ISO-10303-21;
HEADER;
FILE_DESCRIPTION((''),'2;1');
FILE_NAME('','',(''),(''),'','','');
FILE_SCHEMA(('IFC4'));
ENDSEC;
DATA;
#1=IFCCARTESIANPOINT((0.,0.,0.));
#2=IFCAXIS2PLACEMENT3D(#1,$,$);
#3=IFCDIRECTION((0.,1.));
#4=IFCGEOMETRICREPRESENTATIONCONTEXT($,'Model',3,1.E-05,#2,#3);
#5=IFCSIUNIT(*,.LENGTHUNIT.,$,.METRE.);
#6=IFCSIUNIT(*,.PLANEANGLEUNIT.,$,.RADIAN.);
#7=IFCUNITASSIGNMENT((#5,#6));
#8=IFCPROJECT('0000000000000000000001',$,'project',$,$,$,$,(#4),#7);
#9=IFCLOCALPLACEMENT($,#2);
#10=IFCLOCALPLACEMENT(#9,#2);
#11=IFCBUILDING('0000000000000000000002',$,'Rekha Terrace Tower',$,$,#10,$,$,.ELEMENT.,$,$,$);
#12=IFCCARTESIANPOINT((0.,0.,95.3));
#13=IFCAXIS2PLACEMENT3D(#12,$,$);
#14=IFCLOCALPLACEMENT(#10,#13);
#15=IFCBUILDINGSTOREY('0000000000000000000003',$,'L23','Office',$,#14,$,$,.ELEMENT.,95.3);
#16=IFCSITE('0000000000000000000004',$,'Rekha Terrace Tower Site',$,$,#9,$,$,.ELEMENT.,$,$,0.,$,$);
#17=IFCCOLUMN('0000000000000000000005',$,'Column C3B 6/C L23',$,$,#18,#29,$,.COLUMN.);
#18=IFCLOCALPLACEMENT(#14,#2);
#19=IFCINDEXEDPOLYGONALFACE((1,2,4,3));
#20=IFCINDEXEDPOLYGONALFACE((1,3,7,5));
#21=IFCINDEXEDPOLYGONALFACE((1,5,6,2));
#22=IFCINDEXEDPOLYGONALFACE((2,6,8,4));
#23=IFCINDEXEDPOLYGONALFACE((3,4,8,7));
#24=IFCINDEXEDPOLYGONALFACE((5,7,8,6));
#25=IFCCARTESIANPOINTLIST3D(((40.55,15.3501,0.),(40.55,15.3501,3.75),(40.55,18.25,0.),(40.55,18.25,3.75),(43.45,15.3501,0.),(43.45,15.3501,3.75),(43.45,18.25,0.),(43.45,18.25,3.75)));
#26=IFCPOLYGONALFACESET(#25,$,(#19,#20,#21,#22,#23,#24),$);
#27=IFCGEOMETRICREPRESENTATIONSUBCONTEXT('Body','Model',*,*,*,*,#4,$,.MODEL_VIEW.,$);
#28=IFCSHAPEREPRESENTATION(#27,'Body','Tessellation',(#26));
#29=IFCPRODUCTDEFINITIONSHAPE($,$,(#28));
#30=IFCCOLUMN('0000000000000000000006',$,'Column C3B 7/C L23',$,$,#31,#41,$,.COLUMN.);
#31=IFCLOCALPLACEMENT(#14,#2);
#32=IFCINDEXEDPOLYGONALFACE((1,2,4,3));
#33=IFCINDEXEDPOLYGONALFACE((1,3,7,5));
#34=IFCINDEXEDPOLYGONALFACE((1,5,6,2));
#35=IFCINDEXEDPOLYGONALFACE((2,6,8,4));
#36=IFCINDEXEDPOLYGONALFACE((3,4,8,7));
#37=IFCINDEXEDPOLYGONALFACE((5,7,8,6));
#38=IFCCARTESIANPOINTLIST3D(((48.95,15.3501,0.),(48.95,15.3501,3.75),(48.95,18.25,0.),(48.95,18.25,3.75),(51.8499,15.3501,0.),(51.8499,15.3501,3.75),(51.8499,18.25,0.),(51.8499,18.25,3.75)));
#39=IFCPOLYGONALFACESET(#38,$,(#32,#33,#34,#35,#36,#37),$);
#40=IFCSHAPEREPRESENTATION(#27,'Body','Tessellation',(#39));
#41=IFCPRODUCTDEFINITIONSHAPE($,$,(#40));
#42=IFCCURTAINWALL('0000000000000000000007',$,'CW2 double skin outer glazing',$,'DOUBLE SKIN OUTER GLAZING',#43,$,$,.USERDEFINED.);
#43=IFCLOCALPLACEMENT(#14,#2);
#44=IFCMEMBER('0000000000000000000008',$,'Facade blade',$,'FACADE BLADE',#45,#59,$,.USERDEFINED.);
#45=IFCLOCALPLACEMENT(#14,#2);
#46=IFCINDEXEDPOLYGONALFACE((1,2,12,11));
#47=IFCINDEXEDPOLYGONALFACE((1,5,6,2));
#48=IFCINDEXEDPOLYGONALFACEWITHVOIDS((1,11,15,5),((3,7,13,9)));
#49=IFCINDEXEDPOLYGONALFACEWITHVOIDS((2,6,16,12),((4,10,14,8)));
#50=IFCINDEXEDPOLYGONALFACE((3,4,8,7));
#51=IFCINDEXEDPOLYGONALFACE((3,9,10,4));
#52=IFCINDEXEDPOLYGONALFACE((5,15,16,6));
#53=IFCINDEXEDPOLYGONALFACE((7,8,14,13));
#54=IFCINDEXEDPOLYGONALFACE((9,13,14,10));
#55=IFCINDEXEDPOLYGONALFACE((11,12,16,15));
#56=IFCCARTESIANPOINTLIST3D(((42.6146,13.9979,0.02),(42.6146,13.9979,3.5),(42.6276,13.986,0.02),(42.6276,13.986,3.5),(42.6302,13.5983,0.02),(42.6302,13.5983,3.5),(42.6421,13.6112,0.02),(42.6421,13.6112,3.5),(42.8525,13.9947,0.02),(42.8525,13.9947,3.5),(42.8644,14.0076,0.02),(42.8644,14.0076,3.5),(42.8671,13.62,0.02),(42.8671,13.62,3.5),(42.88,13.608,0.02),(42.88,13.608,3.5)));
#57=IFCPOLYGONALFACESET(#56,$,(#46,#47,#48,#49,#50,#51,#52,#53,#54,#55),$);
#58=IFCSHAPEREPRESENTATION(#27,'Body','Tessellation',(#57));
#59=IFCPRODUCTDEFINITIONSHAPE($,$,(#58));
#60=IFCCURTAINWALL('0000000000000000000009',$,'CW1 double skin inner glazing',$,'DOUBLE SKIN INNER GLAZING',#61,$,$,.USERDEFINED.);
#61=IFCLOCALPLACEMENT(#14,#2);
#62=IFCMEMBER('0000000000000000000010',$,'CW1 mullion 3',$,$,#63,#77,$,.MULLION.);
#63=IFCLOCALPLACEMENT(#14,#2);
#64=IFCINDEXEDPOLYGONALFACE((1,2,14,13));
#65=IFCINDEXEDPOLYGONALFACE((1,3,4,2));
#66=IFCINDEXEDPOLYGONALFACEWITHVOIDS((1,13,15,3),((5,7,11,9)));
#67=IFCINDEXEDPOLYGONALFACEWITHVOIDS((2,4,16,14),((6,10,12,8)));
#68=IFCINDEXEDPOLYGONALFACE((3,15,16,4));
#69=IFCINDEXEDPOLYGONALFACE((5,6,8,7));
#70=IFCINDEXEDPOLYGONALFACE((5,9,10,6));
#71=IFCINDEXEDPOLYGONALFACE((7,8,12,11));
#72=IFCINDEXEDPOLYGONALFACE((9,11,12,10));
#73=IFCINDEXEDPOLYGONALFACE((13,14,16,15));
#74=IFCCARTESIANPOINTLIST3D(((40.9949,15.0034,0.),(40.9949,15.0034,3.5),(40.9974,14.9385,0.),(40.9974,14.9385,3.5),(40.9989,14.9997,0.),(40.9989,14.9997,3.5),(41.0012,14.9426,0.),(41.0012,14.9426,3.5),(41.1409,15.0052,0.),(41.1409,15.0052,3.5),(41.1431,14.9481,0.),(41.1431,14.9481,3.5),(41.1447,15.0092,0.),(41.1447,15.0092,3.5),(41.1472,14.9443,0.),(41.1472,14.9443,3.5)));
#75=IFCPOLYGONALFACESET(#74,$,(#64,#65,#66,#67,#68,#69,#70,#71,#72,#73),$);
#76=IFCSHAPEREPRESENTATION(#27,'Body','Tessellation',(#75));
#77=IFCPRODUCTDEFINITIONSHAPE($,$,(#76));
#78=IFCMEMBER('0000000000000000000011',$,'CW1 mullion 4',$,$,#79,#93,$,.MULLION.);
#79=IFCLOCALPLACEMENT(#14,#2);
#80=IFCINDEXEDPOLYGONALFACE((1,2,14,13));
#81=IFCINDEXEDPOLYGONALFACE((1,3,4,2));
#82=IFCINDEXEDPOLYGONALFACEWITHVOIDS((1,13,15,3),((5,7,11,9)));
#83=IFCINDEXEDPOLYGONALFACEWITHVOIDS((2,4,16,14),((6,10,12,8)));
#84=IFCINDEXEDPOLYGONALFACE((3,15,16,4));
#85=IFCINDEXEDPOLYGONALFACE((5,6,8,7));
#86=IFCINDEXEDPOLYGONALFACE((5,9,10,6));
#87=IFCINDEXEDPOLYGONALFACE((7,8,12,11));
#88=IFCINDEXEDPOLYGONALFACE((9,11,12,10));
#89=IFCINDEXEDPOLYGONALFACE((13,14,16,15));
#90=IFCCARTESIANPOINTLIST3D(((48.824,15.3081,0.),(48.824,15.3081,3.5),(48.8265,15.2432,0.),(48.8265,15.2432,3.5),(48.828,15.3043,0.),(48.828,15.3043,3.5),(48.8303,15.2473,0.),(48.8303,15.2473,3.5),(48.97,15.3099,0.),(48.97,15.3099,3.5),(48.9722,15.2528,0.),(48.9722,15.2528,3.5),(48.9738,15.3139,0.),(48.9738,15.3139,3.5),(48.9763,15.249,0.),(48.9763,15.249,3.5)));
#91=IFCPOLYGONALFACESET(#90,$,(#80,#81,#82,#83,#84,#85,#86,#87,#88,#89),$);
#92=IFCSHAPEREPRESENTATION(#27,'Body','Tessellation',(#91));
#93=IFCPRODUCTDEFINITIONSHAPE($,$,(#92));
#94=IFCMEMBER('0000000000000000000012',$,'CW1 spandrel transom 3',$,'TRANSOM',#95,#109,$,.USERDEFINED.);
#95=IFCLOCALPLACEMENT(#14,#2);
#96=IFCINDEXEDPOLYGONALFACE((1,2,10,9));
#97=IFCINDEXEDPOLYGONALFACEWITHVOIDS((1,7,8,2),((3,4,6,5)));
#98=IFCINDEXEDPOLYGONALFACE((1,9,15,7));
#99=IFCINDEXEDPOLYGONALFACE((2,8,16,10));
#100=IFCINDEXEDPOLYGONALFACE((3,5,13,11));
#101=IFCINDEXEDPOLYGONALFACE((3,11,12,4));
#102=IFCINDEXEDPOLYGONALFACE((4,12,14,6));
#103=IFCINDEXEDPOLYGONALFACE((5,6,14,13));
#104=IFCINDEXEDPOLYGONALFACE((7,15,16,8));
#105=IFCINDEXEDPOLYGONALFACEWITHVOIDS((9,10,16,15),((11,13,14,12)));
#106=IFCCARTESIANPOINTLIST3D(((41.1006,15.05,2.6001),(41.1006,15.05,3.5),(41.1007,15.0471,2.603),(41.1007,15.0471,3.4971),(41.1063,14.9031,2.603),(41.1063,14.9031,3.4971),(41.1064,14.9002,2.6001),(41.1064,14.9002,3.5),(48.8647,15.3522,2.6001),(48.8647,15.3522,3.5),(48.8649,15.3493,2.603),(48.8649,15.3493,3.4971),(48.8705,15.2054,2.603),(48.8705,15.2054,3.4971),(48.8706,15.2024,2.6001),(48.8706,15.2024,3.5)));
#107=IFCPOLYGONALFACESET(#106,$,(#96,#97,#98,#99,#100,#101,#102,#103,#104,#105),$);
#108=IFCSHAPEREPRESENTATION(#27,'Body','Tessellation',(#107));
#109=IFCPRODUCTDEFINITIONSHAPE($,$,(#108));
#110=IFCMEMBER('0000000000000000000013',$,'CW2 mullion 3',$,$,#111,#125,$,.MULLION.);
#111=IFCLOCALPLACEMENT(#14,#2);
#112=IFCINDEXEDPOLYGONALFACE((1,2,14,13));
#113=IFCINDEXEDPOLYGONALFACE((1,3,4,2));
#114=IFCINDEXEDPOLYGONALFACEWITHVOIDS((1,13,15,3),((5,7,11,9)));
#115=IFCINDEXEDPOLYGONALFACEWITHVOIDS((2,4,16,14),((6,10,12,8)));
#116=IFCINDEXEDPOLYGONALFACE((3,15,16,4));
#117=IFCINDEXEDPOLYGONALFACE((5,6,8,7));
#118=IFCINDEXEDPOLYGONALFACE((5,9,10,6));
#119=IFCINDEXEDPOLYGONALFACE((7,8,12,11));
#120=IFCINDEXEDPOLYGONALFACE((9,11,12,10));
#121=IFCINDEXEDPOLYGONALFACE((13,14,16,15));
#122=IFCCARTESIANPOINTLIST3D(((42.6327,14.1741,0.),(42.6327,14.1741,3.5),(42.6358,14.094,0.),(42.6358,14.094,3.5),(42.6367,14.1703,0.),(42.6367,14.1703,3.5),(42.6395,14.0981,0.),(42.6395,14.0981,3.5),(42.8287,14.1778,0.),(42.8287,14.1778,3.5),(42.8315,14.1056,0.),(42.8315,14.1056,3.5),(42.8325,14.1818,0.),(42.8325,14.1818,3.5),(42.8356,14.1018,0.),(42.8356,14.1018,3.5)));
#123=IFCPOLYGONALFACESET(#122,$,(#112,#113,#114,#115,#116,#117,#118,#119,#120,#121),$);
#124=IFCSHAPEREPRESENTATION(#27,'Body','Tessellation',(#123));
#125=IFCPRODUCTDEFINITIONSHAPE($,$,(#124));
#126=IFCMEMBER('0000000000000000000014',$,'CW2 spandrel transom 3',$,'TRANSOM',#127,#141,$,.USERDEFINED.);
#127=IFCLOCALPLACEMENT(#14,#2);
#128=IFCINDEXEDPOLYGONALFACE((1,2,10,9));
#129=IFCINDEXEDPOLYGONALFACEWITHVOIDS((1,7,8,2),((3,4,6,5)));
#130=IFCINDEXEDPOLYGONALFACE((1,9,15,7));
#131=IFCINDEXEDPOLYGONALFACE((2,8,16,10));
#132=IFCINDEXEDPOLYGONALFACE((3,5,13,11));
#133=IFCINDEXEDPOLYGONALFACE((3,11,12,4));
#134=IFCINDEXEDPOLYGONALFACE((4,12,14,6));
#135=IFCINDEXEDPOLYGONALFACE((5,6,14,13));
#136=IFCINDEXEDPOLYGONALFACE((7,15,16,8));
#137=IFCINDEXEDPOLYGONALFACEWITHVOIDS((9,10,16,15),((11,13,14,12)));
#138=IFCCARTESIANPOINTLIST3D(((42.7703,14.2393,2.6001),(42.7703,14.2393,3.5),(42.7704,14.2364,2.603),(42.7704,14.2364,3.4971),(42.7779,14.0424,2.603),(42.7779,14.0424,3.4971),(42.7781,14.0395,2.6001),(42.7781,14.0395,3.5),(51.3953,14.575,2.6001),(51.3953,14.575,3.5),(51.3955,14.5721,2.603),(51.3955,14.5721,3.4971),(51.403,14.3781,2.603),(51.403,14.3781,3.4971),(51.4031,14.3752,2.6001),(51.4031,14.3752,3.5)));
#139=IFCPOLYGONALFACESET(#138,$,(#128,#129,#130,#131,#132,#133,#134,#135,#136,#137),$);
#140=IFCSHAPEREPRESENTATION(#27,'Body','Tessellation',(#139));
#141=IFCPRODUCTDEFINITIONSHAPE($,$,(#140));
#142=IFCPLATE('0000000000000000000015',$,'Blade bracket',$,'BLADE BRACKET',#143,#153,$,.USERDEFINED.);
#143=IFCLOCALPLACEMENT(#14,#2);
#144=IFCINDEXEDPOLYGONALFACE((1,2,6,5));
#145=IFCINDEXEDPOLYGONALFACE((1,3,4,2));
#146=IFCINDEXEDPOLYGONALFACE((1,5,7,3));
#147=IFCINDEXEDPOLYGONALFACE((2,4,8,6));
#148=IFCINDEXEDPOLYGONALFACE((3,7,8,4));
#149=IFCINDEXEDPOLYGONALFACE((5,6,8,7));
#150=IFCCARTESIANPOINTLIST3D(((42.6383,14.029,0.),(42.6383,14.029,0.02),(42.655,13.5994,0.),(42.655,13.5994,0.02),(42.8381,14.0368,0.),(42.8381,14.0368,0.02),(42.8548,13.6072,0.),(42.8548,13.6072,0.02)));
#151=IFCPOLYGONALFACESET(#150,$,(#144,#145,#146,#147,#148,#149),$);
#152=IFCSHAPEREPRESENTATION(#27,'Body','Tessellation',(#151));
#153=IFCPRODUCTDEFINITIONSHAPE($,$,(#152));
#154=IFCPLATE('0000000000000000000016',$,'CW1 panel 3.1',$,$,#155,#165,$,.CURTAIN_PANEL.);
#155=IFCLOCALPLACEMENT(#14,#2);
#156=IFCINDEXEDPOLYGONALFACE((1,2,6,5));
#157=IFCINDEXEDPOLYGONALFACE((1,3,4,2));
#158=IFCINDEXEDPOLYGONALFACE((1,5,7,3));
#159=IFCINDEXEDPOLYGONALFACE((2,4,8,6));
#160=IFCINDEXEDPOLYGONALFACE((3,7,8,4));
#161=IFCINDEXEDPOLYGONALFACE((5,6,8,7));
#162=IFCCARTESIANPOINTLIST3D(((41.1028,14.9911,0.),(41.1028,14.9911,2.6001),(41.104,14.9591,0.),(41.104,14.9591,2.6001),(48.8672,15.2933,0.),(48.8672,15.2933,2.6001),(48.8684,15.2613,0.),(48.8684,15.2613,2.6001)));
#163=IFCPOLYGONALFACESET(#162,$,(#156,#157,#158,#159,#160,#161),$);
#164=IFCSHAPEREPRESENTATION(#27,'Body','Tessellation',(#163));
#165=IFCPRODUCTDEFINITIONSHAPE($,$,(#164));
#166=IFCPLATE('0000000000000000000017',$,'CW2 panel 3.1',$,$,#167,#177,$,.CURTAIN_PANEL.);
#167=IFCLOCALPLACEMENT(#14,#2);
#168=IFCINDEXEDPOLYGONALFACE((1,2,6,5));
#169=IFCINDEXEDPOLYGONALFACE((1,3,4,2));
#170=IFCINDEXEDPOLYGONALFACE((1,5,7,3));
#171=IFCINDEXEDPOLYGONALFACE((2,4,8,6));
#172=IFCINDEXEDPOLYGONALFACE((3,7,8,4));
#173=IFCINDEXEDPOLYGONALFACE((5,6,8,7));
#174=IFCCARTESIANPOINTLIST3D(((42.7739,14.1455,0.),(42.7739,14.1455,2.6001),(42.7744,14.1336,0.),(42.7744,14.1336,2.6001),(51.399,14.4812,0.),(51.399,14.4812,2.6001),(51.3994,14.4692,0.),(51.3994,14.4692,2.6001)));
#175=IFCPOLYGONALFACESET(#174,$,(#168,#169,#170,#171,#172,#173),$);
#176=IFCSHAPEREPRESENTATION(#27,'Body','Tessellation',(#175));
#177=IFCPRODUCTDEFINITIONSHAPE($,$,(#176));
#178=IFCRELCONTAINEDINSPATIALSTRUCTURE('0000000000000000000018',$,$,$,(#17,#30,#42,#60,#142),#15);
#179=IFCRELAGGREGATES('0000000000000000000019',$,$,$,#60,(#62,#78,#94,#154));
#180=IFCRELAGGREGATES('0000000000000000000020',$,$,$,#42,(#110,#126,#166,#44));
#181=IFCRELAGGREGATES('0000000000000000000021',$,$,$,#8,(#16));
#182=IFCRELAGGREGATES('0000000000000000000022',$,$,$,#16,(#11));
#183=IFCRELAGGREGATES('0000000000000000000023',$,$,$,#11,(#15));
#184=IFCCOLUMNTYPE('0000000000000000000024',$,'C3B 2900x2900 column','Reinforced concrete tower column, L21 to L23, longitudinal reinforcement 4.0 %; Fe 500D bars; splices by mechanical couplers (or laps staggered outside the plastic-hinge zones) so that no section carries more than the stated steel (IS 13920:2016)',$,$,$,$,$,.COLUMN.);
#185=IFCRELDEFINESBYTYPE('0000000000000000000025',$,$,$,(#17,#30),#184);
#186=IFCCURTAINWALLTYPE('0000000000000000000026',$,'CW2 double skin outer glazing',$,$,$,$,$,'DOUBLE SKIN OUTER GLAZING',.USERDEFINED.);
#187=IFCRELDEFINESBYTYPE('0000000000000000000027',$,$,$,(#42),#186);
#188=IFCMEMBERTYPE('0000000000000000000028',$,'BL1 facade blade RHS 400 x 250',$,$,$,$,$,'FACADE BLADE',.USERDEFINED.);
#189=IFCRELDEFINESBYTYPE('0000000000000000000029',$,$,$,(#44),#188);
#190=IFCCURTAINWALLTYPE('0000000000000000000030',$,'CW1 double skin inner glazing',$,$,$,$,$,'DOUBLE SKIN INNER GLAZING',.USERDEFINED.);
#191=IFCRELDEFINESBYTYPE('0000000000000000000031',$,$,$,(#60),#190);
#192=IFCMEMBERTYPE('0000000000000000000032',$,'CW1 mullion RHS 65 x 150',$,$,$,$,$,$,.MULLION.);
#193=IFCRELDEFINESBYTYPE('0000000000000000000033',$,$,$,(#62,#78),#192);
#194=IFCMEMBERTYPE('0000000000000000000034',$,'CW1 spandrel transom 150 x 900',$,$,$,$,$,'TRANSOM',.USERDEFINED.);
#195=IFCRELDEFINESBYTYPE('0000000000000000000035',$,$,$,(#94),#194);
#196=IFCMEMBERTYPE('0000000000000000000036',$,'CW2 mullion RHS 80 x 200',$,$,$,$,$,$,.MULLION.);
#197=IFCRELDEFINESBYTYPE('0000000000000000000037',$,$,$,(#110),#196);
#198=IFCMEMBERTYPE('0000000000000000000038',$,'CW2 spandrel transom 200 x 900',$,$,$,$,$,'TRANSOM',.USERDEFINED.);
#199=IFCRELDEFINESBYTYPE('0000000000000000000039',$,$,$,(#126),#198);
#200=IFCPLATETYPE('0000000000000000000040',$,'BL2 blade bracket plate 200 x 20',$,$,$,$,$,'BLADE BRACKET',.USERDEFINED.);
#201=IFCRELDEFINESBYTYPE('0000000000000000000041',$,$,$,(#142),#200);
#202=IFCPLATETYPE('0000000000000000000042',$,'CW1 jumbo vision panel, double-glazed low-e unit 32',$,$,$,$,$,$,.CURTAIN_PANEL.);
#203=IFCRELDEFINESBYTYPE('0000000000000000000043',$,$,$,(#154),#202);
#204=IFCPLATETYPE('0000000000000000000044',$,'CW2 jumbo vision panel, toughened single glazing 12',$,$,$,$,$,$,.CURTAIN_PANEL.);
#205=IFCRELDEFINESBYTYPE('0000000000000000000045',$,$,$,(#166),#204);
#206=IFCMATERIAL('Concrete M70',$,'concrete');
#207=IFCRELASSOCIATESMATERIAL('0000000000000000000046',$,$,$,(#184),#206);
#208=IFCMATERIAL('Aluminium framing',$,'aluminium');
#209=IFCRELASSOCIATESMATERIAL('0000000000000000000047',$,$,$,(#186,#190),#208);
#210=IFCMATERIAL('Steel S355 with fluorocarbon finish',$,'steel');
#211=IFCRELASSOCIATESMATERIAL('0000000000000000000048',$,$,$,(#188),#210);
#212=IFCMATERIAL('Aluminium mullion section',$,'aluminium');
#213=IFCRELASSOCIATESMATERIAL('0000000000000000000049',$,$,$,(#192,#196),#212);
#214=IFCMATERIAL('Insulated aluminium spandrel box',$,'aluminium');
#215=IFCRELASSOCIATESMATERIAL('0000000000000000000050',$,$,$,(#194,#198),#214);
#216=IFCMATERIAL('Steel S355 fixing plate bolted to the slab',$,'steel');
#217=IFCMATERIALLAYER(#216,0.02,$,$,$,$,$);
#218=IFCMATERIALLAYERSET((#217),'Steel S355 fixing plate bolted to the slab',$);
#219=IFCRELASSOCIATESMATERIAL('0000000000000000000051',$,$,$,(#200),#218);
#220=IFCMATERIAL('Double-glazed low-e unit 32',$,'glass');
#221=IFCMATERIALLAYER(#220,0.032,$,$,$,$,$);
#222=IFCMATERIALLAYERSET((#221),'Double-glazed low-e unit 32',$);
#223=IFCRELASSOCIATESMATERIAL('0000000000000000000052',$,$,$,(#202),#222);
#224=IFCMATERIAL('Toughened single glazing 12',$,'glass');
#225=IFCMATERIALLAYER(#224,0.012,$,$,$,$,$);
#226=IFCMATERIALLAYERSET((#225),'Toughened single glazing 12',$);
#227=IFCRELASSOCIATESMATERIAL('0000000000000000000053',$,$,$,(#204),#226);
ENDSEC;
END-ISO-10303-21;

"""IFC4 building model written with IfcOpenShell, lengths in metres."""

from ifc_helpers import new_model, si_unit, direction, frame, origin, origin_2d, place, context, subcontext, project, spatial, rectangle, hollow_rectangle, extrude, material, layer, layer_set, material_profile, profile_set, type_object, element, aggregate, save


model = new_model("IFC4")

# Units and contexts
model_context = context("Model", 3, precision=1e-05, world=origin(), true_north=direction((0.0, 1.0)))
body_context = subcontext(model_context, "Body", "Model", "MODEL_VIEW")
ifc_project = project(units=[si_unit("LENGTHUNIT", "METRE"), si_unit("PLANEANGLEUNIT", "RADIAN")], contexts=[model_context])

# Site, building, storey
site_placement = place(None, origin())
site = spatial("IfcSite", under=ifc_project, at=site_placement, Name="Rekha Terrace Tower Site", CompositionType="ELEMENT", RefElevation=0.0)
building_placement = place(site_placement, origin())
building = spatial("IfcBuilding", under=site, at=building_placement, Name="Rekha Terrace Tower", CompositionType="ELEMENT")
storey_placement = place(building_placement, frame((0.0, 0.0, 95.3)))
storey = spatial("IfcBuildingStorey", under=building, at=storey_placement, Name="L23", Description="Office", CompositionType="ELEMENT", Elevation=95.3)

# Columns
ifc_material_1 = material(Name="Concrete M70", Category="concrete")
ifc_material_profile_1 = material_profile(ifc_material_1, rectangle(XDim=2.8999, YDim=2.8999, at=origin_2d()), Name="RC 2900x2900")
ifc_profile_set_1 = profile_set([ifc_material_profile_1], Name="Concrete M70")
column_type = type_object("IfcColumnType", Name="C3B 2900x2900 column", Description="Reinforced concrete tower column, L21 to L23, longitudinal reinforcement 4.0 %; Fe 500D bars; splices by mechanical couplers (or laps staggered outside the plastic-hinge zones) so that no section carries more than the stated steel (IS 13920:2016)", PredefinedType="COLUMN", material=ifc_profile_set_1)
for number, where, z_axis, x_axis, name in (
    (1, (42.0, 16.8, 0.0), (0.0, 0.0, 1.0), (1.0, 0.0, 0.0), "Column C3B 6/C L23"),
    (2, (50.3999, 16.8, 0.0), (0.0, 0.0, 1.0), (1.0, 0.0, 0.0), "Column C3B 7/C L23"),
):
    element("IfcColumn", number, at=place(storey_placement, frame(where, z_axis=z_axis, x_axis=x_axis)), inside=storey, type_object=column_type, Name=name, PredefinedType="COLUMN", context=body_context, shape_type="SweptSolid", body=[
        extrude(rectangle(XDim=2.8999, YDim=2.8999, at=origin_2d()), origin(), (0.0, 0.0, 1.0), 3.75),
    ])

# Curtain wall, member
ifc_material_2 = material(Name="Aluminium framing", Category="aluminium")
curtain_wall_type_1 = type_object("IfcCurtainWallType", Name="CW2 double skin outer glazing", ElementType="DOUBLE SKIN OUTER GLAZING", PredefinedType="USERDEFINED", material=ifc_material_2)
curtain_wall_1_placement = place(storey_placement, origin())
curtain_wall_1 = element("IfcCurtainWall", 3, at=curtain_wall_1_placement, inside=storey, type_object=curtain_wall_type_1, Name="CW2 double skin outer glazing", ObjectType="DOUBLE SKIN OUTER GLAZING", PredefinedType="USERDEFINED")
ifc_material_3 = material(Name="Steel S355 with fluorocarbon finish", Category="steel")
ifc_material_profile_2 = material_profile(ifc_material_3, hollow_rectangle(XDim=0.25, YDim=0.3999, WallThickness=0.0125, at=origin_2d()), Name="RHS400x250x12.5")
ifc_profile_set_2 = profile_set([ifc_material_profile_2], Name="Steel S355 with fluorocarbon finish")
member_type_1 = type_object("IfcMemberType", Name="BL1 facade blade RHS 400 x 250", ElementType="FACADE BLADE", PredefinedType="USERDEFINED", material=ifc_profile_set_2)
member_1_placement = place(storey_placement, frame((42.7473, 13.803, 0.02), z_axis=(0.0, 0.0, 1.0), x_axis=(0.999243, 0.03889, 0.0)))
member_1 = element("IfcMember", 4, at=member_1_placement, type_object=member_type_1, Name="Facade blade", ObjectType="FACADE BLADE", PredefinedType="USERDEFINED", context=body_context, shape_type="SweptSolid", body=[
    extrude(hollow_rectangle(XDim=0.25, YDim=0.3999, WallThickness=0.0125, at=origin_2d()), origin(), (0.0, 0.0, 1.0), 3.48),
])

# Curtain wall, members
curtain_wall_type_2 = type_object("IfcCurtainWallType", Name="CW1 double skin inner glazing", ElementType="DOUBLE SKIN INNER GLAZING", PredefinedType="USERDEFINED", material=ifc_material_2)
curtain_wall_2_placement = place(storey_placement, origin())
curtain_wall_2 = element("IfcCurtainWall", 5, at=curtain_wall_2_placement, inside=storey, type_object=curtain_wall_type_2, Name="CW1 double skin inner glazing", ObjectType="DOUBLE SKIN INNER GLAZING", PredefinedType="USERDEFINED")
ifc_material_4 = material(Name="Aluminium mullion section", Category="aluminium")
ifc_material_profile_3 = material_profile(ifc_material_4, hollow_rectangle(XDim=0.0649, YDim=0.1499, WallThickness=0.0039, at=origin_2d()), Name="AL RHS 65x150")
ifc_profile_set_3 = profile_set([ifc_material_profile_3], Name="Aluminium mullion section")
member_type_2 = type_object("IfcMemberType", Name="CW1 mullion RHS 65 x 150", PredefinedType="MULLION", material=ifc_profile_set_3)
member_2_placement = place(storey_placement, frame((41.071, 14.9739, 0.0), z_axis=(0.0, 0.0, 1.0), x_axis=(-0.03889, 0.999243, 0.0)))
member_2 = element("IfcMember", 6, at=member_2_placement, type_object=member_type_2, Name="CW1 mullion 3", PredefinedType="MULLION", context=body_context, shape_type="SweptSolid", body=[
    extrude(hollow_rectangle(XDim=0.0649, YDim=0.1499, WallThickness=0.0039, at=origin_2d()), origin(), (0.0, 0.0, 1.0), 3.5),
])
member_3_placement = place(storey_placement, frame((48.9001, 15.2786, 0.0), z_axis=(0.0, 0.0, 1.0), x_axis=(-0.03889, 0.999243, 0.0)))
member_3 = element("IfcMember", 7, at=member_3_placement, type_object=member_type_2, Name="CW1 mullion 4", PredefinedType="MULLION", context=body_context, shape_type="SweptSolid", body=[
    extrude(hollow_rectangle(XDim=0.0649, YDim=0.1499, WallThickness=0.0039, at=origin_2d()), origin(), (0.0, 0.0, 1.0), 3.5),
])
ifc_material_5 = material(Name="Insulated aluminium spandrel box", Category="aluminium")
ifc_material_profile_4 = material_profile(ifc_material_5, hollow_rectangle(XDim=0.1499, YDim=0.8999, WallThickness=0.0029, at=origin_2d()), Name="AL SPANDREL BOX 150x900")
ifc_profile_set_4 = profile_set([ifc_material_profile_4], Name="Insulated aluminium spandrel box")
member_type_3 = type_object("IfcMemberType", Name="CW1 spandrel transom 150 x 900", ElementType="TRANSOM", PredefinedType="USERDEFINED", material=ifc_profile_set_4)
member_4_placement = place(storey_placement, frame((41.1035, 14.9751, 3.05), z_axis=(0.999243, 0.038899, 0.0), x_axis=(-0.038899, 0.999243, 0.0)))
member_4 = element("IfcMember", 8, at=member_4_placement, type_object=member_type_3, Name="CW1 spandrel transom 3", ObjectType="TRANSOM", PredefinedType="USERDEFINED", context=body_context, shape_type="SweptSolid", body=[
    extrude(hollow_rectangle(XDim=0.1499, YDim=0.8999, WallThickness=0.0029, at=origin_2d()), origin(), (0.0, 0.0, 1.0), 7.77),
])

# Members
ifc_material_profile_5 = material_profile(ifc_material_4, hollow_rectangle(XDim=0.0801, YDim=0.2, WallThickness=0.0039, at=origin_2d()), Name="AL RHS 80x200")
ifc_profile_set_5 = profile_set([ifc_material_profile_5], Name="Aluminium mullion section")
member_type_4 = type_object("IfcMemberType", Name="CW2 mullion RHS 80 x 200", PredefinedType="MULLION", material=ifc_profile_set_5)
member_5_placement = place(storey_placement, frame((42.7341, 14.1379, 0.0), z_axis=(0.0, 0.0, 1.0), x_axis=(-0.03889, 0.999243, 0.0)))
member_5 = element("IfcMember", 9, at=member_5_placement, type_object=member_type_4, Name="CW2 mullion 3", PredefinedType="MULLION", context=body_context, shape_type="SweptSolid", body=[
    extrude(hollow_rectangle(XDim=0.0801, YDim=0.2, WallThickness=0.0039, at=origin_2d()), origin(), (0.0, 0.0, 1.0), 3.5),
])
ifc_material_profile_6 = material_profile(ifc_material_5, hollow_rectangle(XDim=0.2, YDim=0.8999, WallThickness=0.0029, at=origin_2d()), Name="AL SPANDREL BOX 200x900")
ifc_profile_set_6 = profile_set([ifc_material_profile_6], Name="Insulated aluminium spandrel box")
member_type_5 = type_object("IfcMemberType", Name="CW2 spandrel transom 200 x 900", ElementType="TRANSOM", PredefinedType="USERDEFINED", material=ifc_profile_set_6)
member_6_placement = place(storey_placement, frame((42.7742, 14.1394, 3.05), z_axis=(0.999243, 0.038892, 0.0), x_axis=(-0.038892, 0.999243, 0.0)))
member_6 = element("IfcMember", 10, at=member_6_placement, type_object=member_type_5, Name="CW2 spandrel transom 3", ObjectType="TRANSOM", PredefinedType="USERDEFINED", context=body_context, shape_type="SweptSolid", body=[
    extrude(hollow_rectangle(XDim=0.2, YDim=0.8999, WallThickness=0.0029, at=origin_2d()), origin(), (0.0, 0.0, 1.0), 8.6316),
])

# Plates
ifc_material_6 = material(Name="Steel S355 fixing plate bolted to the slab", Category="steel")
ifc_layer_1 = layer(ifc_material_6, 0.02)
ifc_layer_set_1 = layer_set([ifc_layer_1], Name="Steel S355 fixing plate bolted to the slab")
plate_type_1 = type_object("IfcPlateType", Name="BL2 blade bracket plate 200 x 20", ElementType="BLADE BRACKET", PredefinedType="USERDEFINED", material=ifc_layer_set_1)
plate_1_placement = place(storey_placement, frame((42.7466, 13.8181, 0.0), z_axis=(0.0, 0.0, 1.0), x_axis=(0.03889, -0.999243, 0.0)))
element("IfcPlate", 11, at=plate_1_placement, inside=storey, type_object=plate_type_1, Name="Blade bracket", ObjectType="BLADE BRACKET", PredefinedType="USERDEFINED", context=body_context, shape_type="SweptSolid", body=[
    extrude(rectangle(XDim=0.4299, YDim=0.2, at=origin_2d()), origin(), (0.0, 0.0, 1.0), 0.02),
])
ifc_material_7 = material(Name="Double-glazed low-e unit 32", Category="glass")
ifc_layer_2 = layer(ifc_material_7, 0.032)
ifc_layer_set_2 = layer_set([ifc_layer_2], Name="Double-glazed low-e unit 32")
plate_type_2 = type_object("IfcPlateType", Name="CW1 jumbo vision panel, double-glazed low-e unit 32", PredefinedType="CURTAIN_PANEL", material=ifc_layer_set_2)
plate_2_placement = place(storey_placement, frame((44.9856, 15.1262, 0.0), z_axis=(0.0, 0.0, 1.0), x_axis=(0.999243, 0.03889, 0.0)))
plate_2 = element("IfcPlate", 12, at=plate_2_placement, type_object=plate_type_2, Name="CW1 panel 3.1", PredefinedType="CURTAIN_PANEL", context=body_context, shape_type="SweptSolid", body=[
    extrude(rectangle(XDim=7.7703, YDim=0.032, at=origin_2d()), origin(), (0.0, 0.0, 1.0), 2.6001),
])
aggregate(curtain_wall_2, [member_2, member_3, member_4, plate_2])
ifc_material_8 = material(Name="Toughened single glazing 12", Category="glass")
ifc_layer_3 = layer(ifc_material_8, 0.012)
ifc_layer_set_3 = layer_set([ifc_layer_3], Name="Toughened single glazing 12")
plate_type_3 = type_object("IfcPlateType", Name="CW2 jumbo vision panel, toughened single glazing 12", PredefinedType="CURTAIN_PANEL", material=ifc_layer_set_3)
plate_3_placement = place(storey_placement, frame((47.0867, 14.3074, 0.0), z_axis=(0.0, 0.0, 1.0), x_axis=(0.999243, 0.03889, 0.0)))
plate_3 = element("IfcPlate", 13, at=plate_3_placement, type_object=plate_type_3, Name="CW2 panel 3.1", PredefinedType="CURTAIN_PANEL", context=body_context, shape_type="SweptSolid", body=[
    extrude(rectangle(XDim=8.6316, YDim=0.012, at=origin_2d()), origin(), (0.0, 0.0, 1.0), 2.6001),
])
aggregate(curtain_wall_1, [member_5, member_6, plate_3, member_1])

save(model, "model.ifc")
